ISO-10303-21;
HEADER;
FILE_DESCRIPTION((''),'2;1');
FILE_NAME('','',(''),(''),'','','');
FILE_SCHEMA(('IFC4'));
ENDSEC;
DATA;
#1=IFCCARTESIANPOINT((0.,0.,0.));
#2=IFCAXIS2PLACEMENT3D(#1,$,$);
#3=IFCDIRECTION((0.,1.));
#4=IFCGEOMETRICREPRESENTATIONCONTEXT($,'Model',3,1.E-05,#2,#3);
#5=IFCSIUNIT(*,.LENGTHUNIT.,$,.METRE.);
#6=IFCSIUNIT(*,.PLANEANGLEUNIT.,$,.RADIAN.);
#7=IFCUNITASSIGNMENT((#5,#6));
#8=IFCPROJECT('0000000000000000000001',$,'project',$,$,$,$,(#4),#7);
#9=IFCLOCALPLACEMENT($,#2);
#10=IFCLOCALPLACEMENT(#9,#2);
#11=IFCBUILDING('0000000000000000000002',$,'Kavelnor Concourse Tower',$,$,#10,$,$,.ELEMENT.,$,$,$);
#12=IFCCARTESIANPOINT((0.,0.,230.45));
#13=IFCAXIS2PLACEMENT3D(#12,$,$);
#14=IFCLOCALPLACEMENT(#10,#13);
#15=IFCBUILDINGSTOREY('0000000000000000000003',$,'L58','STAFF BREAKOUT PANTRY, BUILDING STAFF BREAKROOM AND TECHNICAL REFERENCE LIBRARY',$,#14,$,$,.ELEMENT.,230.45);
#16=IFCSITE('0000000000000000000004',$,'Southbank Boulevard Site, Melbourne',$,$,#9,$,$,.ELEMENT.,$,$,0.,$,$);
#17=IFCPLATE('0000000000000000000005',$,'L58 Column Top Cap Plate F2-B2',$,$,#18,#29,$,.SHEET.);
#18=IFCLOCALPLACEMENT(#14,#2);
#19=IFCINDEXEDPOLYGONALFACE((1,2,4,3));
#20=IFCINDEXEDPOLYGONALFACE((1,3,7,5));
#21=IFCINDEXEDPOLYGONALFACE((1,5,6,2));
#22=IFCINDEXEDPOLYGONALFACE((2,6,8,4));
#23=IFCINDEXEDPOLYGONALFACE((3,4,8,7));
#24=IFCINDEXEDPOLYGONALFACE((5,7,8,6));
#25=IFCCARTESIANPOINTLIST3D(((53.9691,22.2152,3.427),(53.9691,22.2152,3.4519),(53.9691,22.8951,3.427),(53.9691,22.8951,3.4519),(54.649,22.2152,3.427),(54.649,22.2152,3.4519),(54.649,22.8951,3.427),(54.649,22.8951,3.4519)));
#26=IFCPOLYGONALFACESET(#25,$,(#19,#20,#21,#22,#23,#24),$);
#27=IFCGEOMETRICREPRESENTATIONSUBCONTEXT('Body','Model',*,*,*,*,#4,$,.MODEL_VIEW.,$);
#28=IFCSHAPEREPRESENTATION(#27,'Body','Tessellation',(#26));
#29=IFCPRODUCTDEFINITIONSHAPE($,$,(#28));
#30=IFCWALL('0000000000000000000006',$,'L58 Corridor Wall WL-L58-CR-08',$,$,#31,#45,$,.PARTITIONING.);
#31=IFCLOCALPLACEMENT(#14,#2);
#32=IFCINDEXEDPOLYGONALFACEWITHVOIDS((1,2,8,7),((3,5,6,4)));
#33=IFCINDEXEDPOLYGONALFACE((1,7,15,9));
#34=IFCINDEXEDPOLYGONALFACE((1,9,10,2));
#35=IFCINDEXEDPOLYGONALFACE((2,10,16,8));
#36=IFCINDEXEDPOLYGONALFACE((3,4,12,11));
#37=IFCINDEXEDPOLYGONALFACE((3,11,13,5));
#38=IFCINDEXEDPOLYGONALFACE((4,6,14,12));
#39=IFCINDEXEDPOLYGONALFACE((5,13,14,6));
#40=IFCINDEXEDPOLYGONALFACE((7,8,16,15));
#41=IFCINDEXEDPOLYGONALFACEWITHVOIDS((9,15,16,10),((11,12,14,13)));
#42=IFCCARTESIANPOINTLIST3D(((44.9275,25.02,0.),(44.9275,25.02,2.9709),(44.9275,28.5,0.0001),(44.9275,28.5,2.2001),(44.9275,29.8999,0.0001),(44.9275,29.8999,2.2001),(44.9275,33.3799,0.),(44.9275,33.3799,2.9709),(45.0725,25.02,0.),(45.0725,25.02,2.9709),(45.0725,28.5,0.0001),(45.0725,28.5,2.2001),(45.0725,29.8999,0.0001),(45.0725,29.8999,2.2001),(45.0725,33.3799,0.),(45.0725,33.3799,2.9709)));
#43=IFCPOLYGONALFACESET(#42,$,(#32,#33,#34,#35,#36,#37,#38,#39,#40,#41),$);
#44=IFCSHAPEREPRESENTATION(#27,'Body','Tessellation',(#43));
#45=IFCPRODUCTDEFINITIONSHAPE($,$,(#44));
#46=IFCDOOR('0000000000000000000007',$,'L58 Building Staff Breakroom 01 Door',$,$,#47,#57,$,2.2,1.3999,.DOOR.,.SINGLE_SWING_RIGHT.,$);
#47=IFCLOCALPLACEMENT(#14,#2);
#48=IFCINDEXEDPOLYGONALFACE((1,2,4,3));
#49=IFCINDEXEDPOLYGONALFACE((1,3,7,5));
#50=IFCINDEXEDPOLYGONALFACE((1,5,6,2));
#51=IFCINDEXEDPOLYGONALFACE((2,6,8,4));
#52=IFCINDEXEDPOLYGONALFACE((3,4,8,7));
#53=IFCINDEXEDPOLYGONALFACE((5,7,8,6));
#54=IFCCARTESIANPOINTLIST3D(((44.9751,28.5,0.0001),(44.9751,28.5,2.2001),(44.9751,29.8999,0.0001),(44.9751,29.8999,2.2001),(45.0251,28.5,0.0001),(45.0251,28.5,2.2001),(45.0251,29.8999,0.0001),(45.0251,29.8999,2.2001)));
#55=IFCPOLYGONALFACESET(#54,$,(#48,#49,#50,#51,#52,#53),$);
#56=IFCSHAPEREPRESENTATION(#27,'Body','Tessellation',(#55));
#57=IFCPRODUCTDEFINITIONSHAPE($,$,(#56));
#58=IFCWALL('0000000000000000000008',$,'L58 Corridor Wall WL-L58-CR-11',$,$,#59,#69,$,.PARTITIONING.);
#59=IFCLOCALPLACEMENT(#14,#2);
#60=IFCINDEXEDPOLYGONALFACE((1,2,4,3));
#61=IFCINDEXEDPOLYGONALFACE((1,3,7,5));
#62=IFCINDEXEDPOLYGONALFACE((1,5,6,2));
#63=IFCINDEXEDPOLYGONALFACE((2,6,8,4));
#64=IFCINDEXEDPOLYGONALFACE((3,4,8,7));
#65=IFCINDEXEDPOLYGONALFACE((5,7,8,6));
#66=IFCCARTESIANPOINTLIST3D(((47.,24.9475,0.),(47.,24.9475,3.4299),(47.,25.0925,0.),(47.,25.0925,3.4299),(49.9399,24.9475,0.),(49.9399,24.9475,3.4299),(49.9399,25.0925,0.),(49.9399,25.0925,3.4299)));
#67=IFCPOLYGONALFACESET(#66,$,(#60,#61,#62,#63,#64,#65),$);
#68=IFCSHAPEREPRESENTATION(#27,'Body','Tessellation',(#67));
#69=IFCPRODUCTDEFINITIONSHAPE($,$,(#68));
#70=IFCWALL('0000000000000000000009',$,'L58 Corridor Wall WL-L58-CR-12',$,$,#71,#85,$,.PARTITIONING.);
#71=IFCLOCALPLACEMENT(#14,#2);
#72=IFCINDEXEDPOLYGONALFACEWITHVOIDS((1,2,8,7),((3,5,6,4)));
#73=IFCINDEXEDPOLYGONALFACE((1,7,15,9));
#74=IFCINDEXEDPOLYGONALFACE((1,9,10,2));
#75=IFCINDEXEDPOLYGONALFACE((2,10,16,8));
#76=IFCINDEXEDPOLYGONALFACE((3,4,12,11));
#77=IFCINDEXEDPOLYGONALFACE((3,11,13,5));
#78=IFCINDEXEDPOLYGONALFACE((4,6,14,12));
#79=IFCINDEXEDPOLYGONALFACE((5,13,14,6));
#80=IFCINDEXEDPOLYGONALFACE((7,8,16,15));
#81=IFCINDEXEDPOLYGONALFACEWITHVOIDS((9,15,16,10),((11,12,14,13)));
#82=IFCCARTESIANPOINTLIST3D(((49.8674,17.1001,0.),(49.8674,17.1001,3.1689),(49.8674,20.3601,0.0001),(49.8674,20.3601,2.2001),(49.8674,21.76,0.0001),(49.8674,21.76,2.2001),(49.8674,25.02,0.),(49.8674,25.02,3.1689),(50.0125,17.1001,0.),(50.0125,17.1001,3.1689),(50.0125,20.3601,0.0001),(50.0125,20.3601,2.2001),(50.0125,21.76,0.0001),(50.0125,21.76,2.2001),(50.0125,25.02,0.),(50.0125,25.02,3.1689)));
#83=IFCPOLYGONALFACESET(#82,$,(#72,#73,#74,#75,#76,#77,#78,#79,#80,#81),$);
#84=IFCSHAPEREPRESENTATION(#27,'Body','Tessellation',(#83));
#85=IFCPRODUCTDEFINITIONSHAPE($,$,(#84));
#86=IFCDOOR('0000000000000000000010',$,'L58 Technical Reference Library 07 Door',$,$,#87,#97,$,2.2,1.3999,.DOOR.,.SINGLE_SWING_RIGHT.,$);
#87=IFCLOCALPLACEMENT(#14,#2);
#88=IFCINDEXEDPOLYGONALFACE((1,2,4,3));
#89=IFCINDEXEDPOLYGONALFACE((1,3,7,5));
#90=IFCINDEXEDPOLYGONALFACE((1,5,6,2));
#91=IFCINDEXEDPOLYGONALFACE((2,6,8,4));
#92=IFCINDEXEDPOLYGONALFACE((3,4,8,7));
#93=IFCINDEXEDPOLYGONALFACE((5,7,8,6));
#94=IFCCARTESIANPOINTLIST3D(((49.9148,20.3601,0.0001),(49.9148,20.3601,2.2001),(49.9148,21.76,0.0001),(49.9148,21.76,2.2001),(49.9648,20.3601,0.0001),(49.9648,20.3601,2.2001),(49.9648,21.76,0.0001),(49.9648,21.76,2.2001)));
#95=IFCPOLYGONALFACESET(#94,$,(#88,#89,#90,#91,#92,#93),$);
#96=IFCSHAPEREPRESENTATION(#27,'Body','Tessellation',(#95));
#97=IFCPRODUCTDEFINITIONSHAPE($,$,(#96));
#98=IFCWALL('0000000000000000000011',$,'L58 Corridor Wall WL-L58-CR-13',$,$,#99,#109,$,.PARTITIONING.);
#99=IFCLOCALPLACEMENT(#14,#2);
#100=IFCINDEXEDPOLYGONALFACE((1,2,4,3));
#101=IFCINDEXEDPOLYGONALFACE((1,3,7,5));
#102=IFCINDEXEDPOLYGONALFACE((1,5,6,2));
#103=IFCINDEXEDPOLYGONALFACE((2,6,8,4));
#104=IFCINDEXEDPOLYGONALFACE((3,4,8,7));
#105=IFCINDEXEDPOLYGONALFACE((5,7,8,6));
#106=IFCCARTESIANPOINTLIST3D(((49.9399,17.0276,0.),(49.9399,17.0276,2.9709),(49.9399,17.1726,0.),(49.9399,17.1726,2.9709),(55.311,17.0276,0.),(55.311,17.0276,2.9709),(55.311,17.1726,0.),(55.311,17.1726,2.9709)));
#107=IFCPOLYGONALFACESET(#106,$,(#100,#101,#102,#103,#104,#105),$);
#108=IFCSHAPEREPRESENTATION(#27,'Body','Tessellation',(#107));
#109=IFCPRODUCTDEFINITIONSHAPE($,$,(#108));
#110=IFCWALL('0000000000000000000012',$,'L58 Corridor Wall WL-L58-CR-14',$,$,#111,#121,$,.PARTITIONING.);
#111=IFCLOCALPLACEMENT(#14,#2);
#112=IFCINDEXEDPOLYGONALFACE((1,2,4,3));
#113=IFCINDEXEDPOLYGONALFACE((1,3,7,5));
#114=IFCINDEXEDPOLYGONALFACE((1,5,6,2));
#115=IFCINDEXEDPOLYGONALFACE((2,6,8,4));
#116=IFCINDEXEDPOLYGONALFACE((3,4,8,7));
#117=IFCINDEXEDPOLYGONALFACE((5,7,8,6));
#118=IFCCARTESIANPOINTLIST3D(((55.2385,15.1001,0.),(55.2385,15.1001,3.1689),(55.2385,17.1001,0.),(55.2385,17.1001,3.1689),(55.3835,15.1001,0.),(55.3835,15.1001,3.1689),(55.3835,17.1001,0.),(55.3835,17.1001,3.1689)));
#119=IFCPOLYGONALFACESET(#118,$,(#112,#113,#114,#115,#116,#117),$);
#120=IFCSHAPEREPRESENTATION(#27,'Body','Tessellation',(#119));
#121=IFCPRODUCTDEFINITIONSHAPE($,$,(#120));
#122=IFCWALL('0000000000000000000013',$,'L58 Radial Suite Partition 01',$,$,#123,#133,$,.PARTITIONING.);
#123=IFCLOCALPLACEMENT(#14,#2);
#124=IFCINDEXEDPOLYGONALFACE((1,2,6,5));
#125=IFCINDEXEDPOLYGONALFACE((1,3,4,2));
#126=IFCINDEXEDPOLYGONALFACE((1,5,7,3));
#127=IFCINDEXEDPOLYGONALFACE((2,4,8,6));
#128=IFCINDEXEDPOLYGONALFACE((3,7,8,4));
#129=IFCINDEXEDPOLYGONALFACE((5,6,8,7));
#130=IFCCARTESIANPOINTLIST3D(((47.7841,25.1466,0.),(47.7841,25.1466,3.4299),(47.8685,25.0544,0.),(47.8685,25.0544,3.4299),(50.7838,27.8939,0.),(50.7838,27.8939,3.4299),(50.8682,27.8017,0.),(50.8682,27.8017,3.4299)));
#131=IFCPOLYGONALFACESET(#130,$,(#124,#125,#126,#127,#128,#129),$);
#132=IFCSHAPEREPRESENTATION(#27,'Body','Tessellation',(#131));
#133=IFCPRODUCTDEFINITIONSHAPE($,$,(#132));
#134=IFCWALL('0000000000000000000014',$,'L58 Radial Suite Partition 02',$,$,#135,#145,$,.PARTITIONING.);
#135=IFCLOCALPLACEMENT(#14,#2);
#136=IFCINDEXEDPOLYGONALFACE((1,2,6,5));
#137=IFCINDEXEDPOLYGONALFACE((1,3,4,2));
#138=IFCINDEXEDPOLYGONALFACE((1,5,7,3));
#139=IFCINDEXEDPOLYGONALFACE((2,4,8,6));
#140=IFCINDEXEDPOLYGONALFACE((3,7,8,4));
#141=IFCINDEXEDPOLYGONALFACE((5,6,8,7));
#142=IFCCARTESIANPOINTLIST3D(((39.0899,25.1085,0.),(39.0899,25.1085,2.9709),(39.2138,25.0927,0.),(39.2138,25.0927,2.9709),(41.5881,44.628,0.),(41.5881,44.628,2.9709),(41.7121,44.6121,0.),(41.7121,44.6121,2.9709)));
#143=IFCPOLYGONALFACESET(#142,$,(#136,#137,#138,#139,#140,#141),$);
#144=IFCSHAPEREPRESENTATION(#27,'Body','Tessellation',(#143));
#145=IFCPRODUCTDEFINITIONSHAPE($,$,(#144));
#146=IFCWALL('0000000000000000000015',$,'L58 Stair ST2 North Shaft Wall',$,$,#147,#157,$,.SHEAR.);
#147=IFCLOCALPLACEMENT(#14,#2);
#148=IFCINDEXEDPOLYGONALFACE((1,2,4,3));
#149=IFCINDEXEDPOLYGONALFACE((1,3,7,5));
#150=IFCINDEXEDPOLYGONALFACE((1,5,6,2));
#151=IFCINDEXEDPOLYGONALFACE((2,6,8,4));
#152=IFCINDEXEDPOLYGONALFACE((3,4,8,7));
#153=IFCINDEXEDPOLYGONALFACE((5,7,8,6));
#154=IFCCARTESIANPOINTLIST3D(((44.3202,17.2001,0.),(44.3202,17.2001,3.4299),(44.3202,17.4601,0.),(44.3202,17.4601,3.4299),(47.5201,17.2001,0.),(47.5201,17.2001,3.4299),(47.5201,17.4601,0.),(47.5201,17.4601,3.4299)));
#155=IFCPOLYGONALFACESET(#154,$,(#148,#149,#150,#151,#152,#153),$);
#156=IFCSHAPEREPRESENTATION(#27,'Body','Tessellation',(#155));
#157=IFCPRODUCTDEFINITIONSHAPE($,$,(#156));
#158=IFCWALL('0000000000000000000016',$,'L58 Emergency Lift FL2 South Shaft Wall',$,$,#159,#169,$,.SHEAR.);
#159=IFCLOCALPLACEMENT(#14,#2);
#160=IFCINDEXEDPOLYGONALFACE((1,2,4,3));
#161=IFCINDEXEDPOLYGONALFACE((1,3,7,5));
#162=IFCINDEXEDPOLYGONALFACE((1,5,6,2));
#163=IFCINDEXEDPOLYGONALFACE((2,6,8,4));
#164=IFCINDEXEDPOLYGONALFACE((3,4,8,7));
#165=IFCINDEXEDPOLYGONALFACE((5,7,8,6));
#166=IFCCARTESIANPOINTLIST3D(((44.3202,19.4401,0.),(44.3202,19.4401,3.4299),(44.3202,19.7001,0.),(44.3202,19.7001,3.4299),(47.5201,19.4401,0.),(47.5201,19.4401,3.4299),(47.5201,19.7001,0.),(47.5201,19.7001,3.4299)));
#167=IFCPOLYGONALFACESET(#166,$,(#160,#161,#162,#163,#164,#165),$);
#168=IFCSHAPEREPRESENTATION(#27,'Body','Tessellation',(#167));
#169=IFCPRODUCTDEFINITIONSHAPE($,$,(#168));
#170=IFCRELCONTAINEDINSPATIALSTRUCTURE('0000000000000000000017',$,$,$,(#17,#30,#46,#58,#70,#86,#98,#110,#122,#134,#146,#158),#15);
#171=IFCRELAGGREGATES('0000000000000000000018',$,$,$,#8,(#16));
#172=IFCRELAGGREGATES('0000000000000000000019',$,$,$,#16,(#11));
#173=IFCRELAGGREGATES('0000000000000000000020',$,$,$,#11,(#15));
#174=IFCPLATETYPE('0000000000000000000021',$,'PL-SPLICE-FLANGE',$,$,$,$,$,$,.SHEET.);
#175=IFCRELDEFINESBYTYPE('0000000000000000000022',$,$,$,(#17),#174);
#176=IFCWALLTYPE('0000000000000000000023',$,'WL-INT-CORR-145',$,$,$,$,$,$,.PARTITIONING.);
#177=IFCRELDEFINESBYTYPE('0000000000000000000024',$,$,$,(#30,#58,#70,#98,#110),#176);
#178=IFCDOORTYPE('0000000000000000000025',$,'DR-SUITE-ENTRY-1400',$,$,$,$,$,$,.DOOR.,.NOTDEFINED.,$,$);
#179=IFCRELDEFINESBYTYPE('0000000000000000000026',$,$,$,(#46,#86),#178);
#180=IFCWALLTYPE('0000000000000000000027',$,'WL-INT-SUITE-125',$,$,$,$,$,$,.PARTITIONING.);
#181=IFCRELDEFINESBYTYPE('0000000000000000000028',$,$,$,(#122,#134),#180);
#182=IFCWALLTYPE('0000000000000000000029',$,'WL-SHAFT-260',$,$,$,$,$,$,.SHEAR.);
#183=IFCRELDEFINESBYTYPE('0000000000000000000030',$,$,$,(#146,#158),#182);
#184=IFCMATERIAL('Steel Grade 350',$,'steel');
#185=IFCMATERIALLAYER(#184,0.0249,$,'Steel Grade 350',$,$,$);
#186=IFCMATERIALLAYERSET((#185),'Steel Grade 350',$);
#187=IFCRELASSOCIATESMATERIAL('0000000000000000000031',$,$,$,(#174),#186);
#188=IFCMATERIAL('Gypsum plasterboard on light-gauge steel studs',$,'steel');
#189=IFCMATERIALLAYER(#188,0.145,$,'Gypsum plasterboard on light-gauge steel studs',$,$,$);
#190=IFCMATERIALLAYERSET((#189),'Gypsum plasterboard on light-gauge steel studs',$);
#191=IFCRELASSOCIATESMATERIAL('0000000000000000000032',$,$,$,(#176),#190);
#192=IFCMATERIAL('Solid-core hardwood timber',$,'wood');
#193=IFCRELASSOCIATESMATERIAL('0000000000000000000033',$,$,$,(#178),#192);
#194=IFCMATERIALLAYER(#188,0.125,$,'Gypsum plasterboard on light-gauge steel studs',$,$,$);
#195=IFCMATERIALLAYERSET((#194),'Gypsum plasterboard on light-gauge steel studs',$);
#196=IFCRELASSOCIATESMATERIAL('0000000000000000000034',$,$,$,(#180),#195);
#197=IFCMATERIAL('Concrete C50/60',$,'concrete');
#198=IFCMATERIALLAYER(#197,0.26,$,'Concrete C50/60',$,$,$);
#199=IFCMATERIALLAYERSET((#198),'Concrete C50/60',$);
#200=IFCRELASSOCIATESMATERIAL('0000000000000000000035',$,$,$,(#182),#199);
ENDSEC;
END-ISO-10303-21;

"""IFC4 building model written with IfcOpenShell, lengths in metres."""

from ifc_helpers import new_model, si_unit, direction, frame, frame_2d, origin, origin_2d, place, context, subcontext, project, spatial, rectangle, extrude, material, layer, layer_set, type_object, element, fill, save


model = new_model("IFC4")

# Units and contexts
model_context = context("Model", 3, precision=1e-05, world=origin(), true_north=direction((0.0, 1.0)))
body_context = subcontext(model_context, "Body", "Model", "MODEL_VIEW")
ifc_project = project(units=[si_unit("LENGTHUNIT", "METRE"), si_unit("PLANEANGLEUNIT", "RADIAN")], contexts=[model_context])

# Site, building, storey
site_placement = place(None, origin())
site = spatial("IfcSite", under=ifc_project, at=site_placement, Name="Southbank Boulevard Site, Melbourne", CompositionType="ELEMENT", RefElevation=0.0)
building_placement = place(site_placement, origin())
building = spatial("IfcBuilding", under=site, at=building_placement, Name="Kavelnor Concourse Tower", CompositionType="ELEMENT")
storey_placement = place(building_placement, frame((0.0, 0.0, 230.45)))
storey = spatial("IfcBuildingStorey", under=building, at=storey_placement, Name="L58", Description="STAFF BREAKOUT PANTRY, BUILDING STAFF BREAKROOM AND TECHNICAL REFERENCE LIBRARY", CompositionType="ELEMENT", Elevation=230.45)

# Shared definitions
ifc_material_1 = material(Name="Steel Grade 350", Category="steel")

# Plate
ifc_layer_1 = layer(ifc_material_1, 0.0249, Name="Steel Grade 350")
ifc_layer_set_1 = layer_set([ifc_layer_1], Name="Steel Grade 350")
plate_type = type_object("IfcPlateType", Name="PL-SPLICE-FLANGE", PredefinedType="SHEET", material=ifc_layer_set_1)
for number, where, z_axis, x_axis, name in (
    (1, (54.3091, 22.5552, 3.427), (0.0, 0.0, 1.0), (1.0, 0.0, 0.0), "L58 Column Top Cap Plate F2-B2"),
):
    element("IfcPlate", number, at=place(storey_placement, frame(where, z_axis=z_axis, x_axis=x_axis)), inside=storey, type_object=plate_type, Name=name, PredefinedType="SHEET", context=body_context, shape_type="SweptSolid", body=[
        extrude(rectangle(XDim=0.6799, YDim=0.6799, at=origin_2d()), origin(), (0.0, 0.0, 1.0), 0.0249),
    ])

# Wall, opening, door
ifc_material_2 = material(Name="Gypsum plasterboard on light-gauge steel studs", Category="steel")
ifc_layer_2 = layer(ifc_material_2, 0.145, Name="Gypsum plasterboard on light-gauge steel studs")
ifc_layer_set_2 = layer_set([ifc_layer_2], Name="Gypsum plasterboard on light-gauge steel studs")
wall_type_1 = type_object("IfcWallType", Name="WL-INT-CORR-145", PredefinedType="PARTITIONING", material=ifc_layer_set_2)
wall_1_placement = place(storey_placement, frame((45.0, 25.02, 0.0), z_axis=(0.0, 0.0, 1.0), x_axis=(0.0, 1.0, 0.0)))
wall_1 = element("IfcWall", 2, at=wall_1_placement, inside=storey, type_object=wall_type_1, Name="L58 Corridor Wall WL-L58-CR-08", PredefinedType="PARTITIONING", context=body_context, shape_type="SweptSolid", body=[
    extrude(rectangle(XDim=8.3599, YDim=0.145, at=frame_2d((4.1799, 0.0))), origin(), (0.0, 0.0, 1.0), 2.9709),
])
opening_1_placement = place(wall_1_placement, frame((3.48, 0.0, 0.0)))
opening_1 = element("IfcOpeningElement", 3, at=opening_1_placement, cuts=wall_1, PredefinedType="OPENING", context=body_context, shape_type="SweptSolid", body=[
    extrude(rectangle(XDim=1.3999, YDim=2.2, at=frame_2d((0.7, 1.1001))), frame((0.0, 0.0825, 0.0), z_axis=(0.0, -1.0, 0.0), x_axis=(1.0, 0.0, 0.0)), (0.0, 0.0, 1.0), 0.165),
])
ifc_material_3 = material(Name="Solid-core hardwood timber", Category="wood")
door_type = type_object("IfcDoorType", Name="DR-SUITE-ENTRY-1400", OperationType="NOTDEFINED", PredefinedType="DOOR", material=ifc_material_3)
door_1_placement = place(opening_1_placement, origin())
door_1 = element("IfcDoor", 4, at=door_1_placement, inside=storey, type_object=door_type, Name="L58 Building Staff Breakroom 01 Door", OperationType="SINGLE_SWING_RIGHT", OverallHeight=2.2, OverallWidth=1.3999, PredefinedType="DOOR", context=body_context, shape_type="SweptSolid", body=[
    extrude(rectangle(XDim=1.3999, YDim=2.2, at=frame_2d((0.7, 1.1001))), frame((0.0, 0.0249, 0.0), z_axis=(0.0, -1.0, 0.0), x_axis=(1.0, 0.0, 0.0)), (0.0, 0.0, 1.0), 0.05),
])
fill(opening_1, door_1)

# Wall
wall_2_placement = place(storey_placement, frame((47.0, 25.02, 0.0), z_axis=(0.0, 0.0, 1.0), x_axis=(1.0, 0.0, 0.0)))
element("IfcWall", 5, at=wall_2_placement, inside=storey, type_object=wall_type_1, Name="L58 Corridor Wall WL-L58-CR-11", PredefinedType="PARTITIONING", context=body_context, shape_type="SweptSolid", body=[
    extrude(rectangle(XDim=2.9399, YDim=0.145, at=frame_2d((1.47, 0.0))), origin(), (0.0, 0.0, 1.0), 3.4299),
])

# Wall, opening, door
wall_3_placement = place(storey_placement, frame((49.9399, 25.02, 0.0), z_axis=(0.0, 0.0, 1.0), x_axis=(0.0, -1.0, 0.0)))
wall_3 = element("IfcWall", 6, at=wall_3_placement, inside=storey, type_object=wall_type_1, Name="L58 Corridor Wall WL-L58-CR-12", PredefinedType="PARTITIONING", context=body_context, shape_type="SweptSolid", body=[
    extrude(rectangle(XDim=7.9199, YDim=0.145, at=frame_2d((3.96, 0.0))), origin(), (0.0, 0.0, 1.0), 3.1689),
])
opening_2_placement = place(wall_3_placement, frame((3.26, 0.0, 0.0)))
opening_2 = element("IfcOpeningElement", 7, at=opening_2_placement, cuts=wall_3, PredefinedType="OPENING", context=body_context, shape_type="SweptSolid", body=[
    extrude(rectangle(XDim=1.3999, YDim=2.2, at=frame_2d((0.7, 1.1001))), frame((0.0, 0.0825, 0.0), z_axis=(0.0, -1.0, 0.0), x_axis=(1.0, 0.0, 0.0)), (0.0, 0.0, 1.0), 0.165),
])
door_2_placement = place(opening_2_placement, origin())
door_2 = element("IfcDoor", 8, at=door_2_placement, inside=storey, type_object=door_type, Name="L58 Technical Reference Library 07 Door", OperationType="SINGLE_SWING_RIGHT", OverallHeight=2.2, OverallWidth=1.3999, PredefinedType="DOOR", context=body_context, shape_type="SweptSolid", body=[
    extrude(rectangle(XDim=1.3999, YDim=2.2, at=frame_2d((0.7, 1.1001))), frame((0.0, 0.0249, 0.0), z_axis=(0.0, -1.0, 0.0), x_axis=(1.0, 0.0, 0.0)), (0.0, 0.0, 1.0), 0.05),
])
fill(opening_2, door_2)

# Walls
wall_4_placement = place(storey_placement, frame((49.9399, 17.1001, 0.0), z_axis=(0.0, 0.0, 1.0), x_axis=(1.0, 0.0, 0.0)))
element("IfcWall", 9, at=wall_4_placement, inside=storey, type_object=wall_type_1, Name="L58 Corridor Wall WL-L58-CR-13", PredefinedType="PARTITIONING", context=body_context, shape_type="SweptSolid", body=[
    extrude(rectangle(XDim=5.3711, YDim=0.145, at=frame_2d((2.6855, 0.0))), origin(), (0.0, 0.0, 1.0), 2.9709),
])
wall_5_placement = place(storey_placement, frame((55.311, 17.1001, 0.0), z_axis=(0.0, 0.0, 1.0), x_axis=(0.0, -1.0, 0.0)))
element("IfcWall", 10, at=wall_5_placement, inside=storey, type_object=wall_type_1, Name="L58 Corridor Wall WL-L58-CR-14", PredefinedType="PARTITIONING", context=body_context, shape_type="SweptSolid", body=[
    extrude(rectangle(XDim=2.0, YDim=0.145, at=frame_2d((1.0, 0.0))), origin(), (0.0, 0.0, 1.0), 3.1689),
])
ifc_layer_3 = layer(ifc_material_2, 0.125, Name="Gypsum plasterboard on light-gauge steel studs")
ifc_layer_set_3 = layer_set([ifc_layer_3], Name="Gypsum plasterboard on light-gauge steel studs")
wall_type_2 = type_object("IfcWallType", Name="WL-INT-SUITE-125", PredefinedType="PARTITIONING", material=ifc_layer_set_3)
wall_6_placement = place(storey_placement, frame((47.8264, 25.1006, 0.0), z_axis=(0.0, 0.0, 1.0), x_axis=(0.737456, 0.675396, 0.0)))
element("IfcWall", 11, at=wall_6_placement, inside=storey, type_object=wall_type_2, Name="L58 Radial Suite Partition 01", PredefinedType="PARTITIONING", context=body_context, shape_type="SweptSolid", body=[
    extrude(rectangle(XDim=4.0676, YDim=0.125, at=frame_2d((2.0337, 0.0))), origin(), (0.0, 0.0, 1.0), 3.4299),
])
wall_7_placement = place(storey_placement, frame((39.1519, 25.1006, 0.0), z_axis=(0.0, 0.0, 1.0), x_axis=(0.126954, 0.991909, 0.0)))
element("IfcWall", 12, at=wall_7_placement, inside=storey, type_object=wall_type_2, Name="L58 Radial Suite Partition 02", PredefinedType="PARTITIONING", context=body_context, shape_type="SweptSolid", body=[
    extrude(rectangle(XDim=19.6787, YDim=0.125, at=frame_2d((9.8394, 0.0))), origin(), (0.0, 0.0, 1.0), 2.9709),
])
ifc_material_4 = material(Name="Concrete C50/60", Category="concrete")
ifc_layer_4 = layer(ifc_material_4, 0.26, Name="Concrete C50/60")
ifc_layer_set_4 = layer_set([ifc_layer_4], Name="Concrete C50/60")
wall_type_3 = type_object("IfcWallType", Name="WL-SHAFT-260", PredefinedType="SHEAR", material=ifc_layer_set_4)
for number, where, z_axis, x_axis, name in (
    (13, (44.3201, 17.3301, 0.0), (0.0, 0.0, 1.0), (1.0, 0.0, 0.0), "L58 Stair ST2 North Shaft Wall"),
    (14, (44.3201, 19.5701, 0.0), (0.0, 0.0, 1.0), (1.0, 0.0, 0.0), "L58 Emergency Lift FL2 South Shaft Wall"),
):
    element("IfcWall", number, at=place(storey_placement, frame(where, z_axis=z_axis, x_axis=x_axis)), inside=storey, type_object=wall_type_3, Name=name, PredefinedType="SHEAR", context=body_context, shape_type="SweptSolid", body=[
        extrude(rectangle(XDim=3.2, YDim=0.26, at=frame_2d((1.6001, 0.0))), origin(), (0.0, 0.0, 1.0), 3.4299),
    ])

save(model, "model.ifc")
